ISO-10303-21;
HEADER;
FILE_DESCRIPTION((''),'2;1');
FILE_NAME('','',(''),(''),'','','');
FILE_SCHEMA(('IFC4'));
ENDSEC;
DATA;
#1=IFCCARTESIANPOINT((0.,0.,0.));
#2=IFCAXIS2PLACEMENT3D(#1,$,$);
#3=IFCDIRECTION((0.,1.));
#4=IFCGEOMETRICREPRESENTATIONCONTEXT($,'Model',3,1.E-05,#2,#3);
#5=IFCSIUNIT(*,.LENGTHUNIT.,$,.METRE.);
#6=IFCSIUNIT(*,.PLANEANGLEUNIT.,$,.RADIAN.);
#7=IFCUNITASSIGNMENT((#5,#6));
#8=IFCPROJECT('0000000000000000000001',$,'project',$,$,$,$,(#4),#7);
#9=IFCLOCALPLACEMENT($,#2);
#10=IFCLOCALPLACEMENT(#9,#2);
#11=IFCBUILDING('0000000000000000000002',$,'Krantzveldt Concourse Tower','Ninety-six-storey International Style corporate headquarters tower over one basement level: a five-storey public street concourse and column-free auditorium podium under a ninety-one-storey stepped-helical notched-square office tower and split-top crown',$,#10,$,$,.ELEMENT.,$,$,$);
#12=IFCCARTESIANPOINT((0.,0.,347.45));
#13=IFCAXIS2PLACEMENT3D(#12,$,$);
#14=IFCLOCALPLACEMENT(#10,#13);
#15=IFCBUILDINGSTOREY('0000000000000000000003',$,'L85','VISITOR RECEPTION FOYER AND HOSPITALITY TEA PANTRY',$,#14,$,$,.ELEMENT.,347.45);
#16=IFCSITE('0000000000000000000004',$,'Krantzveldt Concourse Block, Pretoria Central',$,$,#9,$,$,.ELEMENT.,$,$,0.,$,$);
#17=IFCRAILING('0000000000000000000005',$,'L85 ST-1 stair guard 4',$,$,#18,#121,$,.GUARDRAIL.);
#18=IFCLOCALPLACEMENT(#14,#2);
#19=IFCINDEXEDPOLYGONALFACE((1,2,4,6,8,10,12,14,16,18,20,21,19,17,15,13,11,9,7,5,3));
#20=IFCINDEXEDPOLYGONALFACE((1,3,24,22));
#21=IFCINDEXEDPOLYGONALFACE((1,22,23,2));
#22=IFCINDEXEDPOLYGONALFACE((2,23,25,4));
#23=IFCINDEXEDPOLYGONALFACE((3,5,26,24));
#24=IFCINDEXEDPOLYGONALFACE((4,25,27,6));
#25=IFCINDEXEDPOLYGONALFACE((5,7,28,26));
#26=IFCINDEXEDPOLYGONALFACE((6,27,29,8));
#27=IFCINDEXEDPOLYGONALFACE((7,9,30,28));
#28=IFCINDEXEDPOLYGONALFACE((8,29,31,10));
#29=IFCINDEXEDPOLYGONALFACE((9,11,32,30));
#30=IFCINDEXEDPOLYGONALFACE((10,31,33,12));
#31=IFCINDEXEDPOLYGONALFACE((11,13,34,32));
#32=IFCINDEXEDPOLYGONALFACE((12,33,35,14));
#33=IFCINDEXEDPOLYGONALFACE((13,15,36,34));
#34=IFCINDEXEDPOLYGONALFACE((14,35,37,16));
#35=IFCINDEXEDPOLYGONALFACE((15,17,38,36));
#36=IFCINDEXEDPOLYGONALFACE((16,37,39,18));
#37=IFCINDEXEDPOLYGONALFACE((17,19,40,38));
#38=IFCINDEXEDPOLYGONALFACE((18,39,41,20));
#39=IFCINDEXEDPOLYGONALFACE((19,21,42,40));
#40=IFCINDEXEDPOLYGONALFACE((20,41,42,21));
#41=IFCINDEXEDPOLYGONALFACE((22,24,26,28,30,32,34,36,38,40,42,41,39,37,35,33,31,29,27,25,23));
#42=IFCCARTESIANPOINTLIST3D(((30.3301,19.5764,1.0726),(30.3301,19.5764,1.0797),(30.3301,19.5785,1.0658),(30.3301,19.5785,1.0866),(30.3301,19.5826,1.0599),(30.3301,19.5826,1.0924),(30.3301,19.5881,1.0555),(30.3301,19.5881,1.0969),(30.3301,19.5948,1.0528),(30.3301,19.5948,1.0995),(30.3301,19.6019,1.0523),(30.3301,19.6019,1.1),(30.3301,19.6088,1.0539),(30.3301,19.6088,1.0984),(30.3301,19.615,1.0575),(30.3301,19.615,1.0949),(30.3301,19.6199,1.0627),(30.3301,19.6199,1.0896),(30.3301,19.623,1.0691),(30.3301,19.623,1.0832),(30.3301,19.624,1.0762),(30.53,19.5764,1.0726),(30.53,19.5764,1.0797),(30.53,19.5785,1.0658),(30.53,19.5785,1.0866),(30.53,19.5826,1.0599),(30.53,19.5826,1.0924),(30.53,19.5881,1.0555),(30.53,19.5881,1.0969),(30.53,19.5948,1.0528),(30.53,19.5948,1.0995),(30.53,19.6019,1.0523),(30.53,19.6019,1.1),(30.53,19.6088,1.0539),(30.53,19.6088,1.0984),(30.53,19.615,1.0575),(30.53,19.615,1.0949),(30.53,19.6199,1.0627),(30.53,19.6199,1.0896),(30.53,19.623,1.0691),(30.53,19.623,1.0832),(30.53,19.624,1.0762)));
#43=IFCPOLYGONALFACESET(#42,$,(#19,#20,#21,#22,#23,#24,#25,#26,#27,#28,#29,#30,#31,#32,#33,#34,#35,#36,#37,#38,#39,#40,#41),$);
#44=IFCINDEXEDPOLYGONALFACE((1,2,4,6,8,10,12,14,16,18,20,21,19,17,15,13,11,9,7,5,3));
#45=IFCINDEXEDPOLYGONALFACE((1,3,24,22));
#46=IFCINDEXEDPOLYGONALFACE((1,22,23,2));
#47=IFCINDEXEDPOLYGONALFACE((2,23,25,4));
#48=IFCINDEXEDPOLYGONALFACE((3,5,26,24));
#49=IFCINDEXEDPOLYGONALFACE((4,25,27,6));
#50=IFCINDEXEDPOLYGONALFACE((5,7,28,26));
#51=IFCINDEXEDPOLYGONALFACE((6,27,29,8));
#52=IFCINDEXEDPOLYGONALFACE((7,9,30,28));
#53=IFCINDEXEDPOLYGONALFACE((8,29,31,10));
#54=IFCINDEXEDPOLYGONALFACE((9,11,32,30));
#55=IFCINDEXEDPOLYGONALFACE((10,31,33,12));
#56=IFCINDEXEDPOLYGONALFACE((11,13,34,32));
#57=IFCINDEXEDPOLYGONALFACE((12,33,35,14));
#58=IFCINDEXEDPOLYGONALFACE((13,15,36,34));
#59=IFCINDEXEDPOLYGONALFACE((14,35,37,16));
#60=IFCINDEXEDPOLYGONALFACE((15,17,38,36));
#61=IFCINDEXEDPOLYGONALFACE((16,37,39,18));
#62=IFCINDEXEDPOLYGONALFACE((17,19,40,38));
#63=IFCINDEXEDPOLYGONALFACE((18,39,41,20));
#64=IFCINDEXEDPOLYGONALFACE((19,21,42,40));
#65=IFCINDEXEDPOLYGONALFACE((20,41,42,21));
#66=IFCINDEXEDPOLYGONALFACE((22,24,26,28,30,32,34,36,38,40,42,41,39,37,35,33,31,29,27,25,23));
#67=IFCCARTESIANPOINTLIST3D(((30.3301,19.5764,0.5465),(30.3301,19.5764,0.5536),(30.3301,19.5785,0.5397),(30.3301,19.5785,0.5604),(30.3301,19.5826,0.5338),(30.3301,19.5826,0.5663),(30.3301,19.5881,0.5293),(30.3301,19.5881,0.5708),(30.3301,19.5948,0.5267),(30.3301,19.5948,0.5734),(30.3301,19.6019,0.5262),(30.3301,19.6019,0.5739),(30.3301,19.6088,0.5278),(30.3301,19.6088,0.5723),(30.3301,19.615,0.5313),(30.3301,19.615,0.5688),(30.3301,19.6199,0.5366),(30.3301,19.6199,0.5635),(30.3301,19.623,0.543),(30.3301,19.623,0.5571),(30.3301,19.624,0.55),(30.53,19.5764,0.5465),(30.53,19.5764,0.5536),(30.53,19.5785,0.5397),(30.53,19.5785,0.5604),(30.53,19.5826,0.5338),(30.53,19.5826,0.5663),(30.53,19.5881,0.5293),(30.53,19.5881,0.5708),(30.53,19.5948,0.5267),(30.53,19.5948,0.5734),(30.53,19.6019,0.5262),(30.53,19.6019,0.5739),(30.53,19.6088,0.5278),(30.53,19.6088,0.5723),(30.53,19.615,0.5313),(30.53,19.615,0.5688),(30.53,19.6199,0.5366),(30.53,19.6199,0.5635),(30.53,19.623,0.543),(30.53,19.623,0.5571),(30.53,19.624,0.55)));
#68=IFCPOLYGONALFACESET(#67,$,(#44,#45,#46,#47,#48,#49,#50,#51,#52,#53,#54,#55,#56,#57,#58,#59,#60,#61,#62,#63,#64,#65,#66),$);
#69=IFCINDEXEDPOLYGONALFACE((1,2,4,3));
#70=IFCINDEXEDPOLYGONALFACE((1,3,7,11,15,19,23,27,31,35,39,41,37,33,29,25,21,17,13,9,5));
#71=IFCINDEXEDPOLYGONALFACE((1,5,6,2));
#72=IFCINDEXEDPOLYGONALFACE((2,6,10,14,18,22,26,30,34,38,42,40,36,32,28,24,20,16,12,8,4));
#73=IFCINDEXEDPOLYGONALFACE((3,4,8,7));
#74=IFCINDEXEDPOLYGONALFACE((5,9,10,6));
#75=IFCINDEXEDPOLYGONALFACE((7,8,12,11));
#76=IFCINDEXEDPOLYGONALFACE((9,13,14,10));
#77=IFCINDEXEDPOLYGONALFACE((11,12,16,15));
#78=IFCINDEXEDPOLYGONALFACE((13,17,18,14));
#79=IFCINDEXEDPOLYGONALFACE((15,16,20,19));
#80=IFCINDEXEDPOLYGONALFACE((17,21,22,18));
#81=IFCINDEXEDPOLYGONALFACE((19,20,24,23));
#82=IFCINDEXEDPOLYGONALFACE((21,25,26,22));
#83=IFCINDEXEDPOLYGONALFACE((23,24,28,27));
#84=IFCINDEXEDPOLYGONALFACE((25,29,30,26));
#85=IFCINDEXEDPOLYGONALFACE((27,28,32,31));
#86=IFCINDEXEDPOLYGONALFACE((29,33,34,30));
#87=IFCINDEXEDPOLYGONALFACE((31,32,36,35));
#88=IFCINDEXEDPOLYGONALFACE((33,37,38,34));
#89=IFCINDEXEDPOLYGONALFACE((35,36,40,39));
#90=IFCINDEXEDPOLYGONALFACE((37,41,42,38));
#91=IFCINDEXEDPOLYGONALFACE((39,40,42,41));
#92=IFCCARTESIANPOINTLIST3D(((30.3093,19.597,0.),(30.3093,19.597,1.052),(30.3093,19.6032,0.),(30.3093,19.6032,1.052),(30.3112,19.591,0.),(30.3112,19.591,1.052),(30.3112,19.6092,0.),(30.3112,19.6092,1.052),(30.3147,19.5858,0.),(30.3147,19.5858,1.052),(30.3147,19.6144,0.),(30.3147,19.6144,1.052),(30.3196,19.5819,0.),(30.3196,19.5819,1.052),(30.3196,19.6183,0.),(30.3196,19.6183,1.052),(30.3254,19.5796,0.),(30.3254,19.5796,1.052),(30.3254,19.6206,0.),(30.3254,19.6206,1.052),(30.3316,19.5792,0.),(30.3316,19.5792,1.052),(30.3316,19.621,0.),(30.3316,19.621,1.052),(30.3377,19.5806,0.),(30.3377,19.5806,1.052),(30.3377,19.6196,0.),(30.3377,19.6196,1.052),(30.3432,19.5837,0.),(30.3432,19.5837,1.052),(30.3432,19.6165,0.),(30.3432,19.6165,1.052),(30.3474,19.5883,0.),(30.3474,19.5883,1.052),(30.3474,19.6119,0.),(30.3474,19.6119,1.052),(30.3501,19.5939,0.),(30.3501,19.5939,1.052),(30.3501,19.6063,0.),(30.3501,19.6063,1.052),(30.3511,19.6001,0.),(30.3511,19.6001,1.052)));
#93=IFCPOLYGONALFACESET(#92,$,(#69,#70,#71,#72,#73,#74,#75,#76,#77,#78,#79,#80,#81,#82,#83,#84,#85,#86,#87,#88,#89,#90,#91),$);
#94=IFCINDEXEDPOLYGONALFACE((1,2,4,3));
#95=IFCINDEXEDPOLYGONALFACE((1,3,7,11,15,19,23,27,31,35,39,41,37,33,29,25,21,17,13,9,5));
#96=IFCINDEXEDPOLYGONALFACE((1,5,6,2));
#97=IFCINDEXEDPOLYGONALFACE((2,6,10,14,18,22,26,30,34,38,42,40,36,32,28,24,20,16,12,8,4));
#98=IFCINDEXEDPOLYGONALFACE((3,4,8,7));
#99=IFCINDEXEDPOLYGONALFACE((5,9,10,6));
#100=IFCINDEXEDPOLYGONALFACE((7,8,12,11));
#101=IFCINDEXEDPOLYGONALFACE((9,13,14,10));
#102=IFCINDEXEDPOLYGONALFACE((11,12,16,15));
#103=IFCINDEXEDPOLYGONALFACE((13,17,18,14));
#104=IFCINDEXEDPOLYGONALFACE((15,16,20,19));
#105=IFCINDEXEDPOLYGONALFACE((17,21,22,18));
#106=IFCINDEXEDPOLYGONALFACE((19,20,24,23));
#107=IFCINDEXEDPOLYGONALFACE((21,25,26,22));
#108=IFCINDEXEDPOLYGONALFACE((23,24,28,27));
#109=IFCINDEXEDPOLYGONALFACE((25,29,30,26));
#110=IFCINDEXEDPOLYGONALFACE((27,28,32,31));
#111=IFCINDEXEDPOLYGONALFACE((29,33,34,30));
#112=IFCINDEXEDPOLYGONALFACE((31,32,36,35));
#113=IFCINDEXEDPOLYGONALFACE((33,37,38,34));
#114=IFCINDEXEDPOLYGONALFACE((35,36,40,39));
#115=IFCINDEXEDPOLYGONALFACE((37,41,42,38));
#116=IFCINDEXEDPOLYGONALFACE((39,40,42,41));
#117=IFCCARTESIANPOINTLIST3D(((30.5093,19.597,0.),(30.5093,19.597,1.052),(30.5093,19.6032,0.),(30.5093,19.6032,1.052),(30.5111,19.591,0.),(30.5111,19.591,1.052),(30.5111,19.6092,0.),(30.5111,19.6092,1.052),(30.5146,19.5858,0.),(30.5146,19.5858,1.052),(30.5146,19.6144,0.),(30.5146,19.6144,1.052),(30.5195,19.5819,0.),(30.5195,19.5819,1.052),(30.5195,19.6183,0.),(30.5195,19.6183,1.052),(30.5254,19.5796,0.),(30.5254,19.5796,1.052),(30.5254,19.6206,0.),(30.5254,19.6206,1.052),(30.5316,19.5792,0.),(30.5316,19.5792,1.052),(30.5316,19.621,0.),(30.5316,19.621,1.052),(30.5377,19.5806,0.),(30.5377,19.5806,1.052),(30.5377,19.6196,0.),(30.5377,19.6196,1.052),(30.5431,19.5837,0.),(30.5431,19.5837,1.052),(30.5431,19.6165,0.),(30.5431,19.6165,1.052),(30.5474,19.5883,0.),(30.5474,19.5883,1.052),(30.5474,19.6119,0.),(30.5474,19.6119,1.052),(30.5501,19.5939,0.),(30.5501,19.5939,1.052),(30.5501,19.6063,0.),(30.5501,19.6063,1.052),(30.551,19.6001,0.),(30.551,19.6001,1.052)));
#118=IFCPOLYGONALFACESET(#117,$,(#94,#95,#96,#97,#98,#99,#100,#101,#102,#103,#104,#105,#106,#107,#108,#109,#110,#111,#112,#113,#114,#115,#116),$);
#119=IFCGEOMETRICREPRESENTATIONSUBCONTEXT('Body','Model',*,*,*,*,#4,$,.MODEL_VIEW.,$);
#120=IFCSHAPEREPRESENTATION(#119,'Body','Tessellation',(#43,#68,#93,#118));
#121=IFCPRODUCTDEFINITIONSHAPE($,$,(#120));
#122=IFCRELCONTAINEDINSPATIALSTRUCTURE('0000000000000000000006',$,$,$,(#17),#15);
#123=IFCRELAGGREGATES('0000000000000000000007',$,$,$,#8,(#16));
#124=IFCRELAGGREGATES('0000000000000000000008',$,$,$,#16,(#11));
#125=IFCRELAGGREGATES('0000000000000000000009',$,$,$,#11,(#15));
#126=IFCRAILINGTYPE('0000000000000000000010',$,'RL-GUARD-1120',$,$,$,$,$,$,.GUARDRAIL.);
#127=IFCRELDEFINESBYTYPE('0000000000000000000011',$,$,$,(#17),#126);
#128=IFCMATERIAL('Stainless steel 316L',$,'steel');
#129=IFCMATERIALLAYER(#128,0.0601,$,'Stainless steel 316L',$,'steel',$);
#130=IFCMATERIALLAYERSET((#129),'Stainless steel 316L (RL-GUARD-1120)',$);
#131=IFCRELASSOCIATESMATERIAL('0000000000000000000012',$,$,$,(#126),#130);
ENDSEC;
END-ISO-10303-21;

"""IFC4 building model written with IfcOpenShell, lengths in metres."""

from ifc_helpers import new_model, si_unit, direction, frame, origin, origin_2d, place, context, subcontext, project, spatial, circle, extrude, material, layer, layer_set, type_object, element, save


model = new_model("IFC4")

# Units and contexts
model_context = context("Model", 3, precision=1e-05, world=origin(), true_north=direction((0.0, 1.0)))
body_context = subcontext(model_context, "Body", "Model", "MODEL_VIEW")
ifc_project = project(units=[si_unit("LENGTHUNIT", "METRE"), si_unit("PLANEANGLEUNIT", "RADIAN")], contexts=[model_context])

# Site, building, storey
site_placement = place(None, origin())
site = spatial("IfcSite", under=ifc_project, at=site_placement, Name="Krantzveldt Concourse Block, Pretoria Central", CompositionType="ELEMENT", RefElevation=0.0)
building_placement = place(site_placement, origin())
building = spatial("IfcBuilding", under=site, at=building_placement, Name="Krantzveldt Concourse Tower", Description="Ninety-six-storey International Style corporate headquarters tower over one basement level: a five-storey public street concourse and column-free auditorium podium under a ninety-one-storey stepped-helical notched-square office tower and split-top crown", CompositionType="ELEMENT")
storey_placement = place(building_placement, frame((0.0, 0.0, 347.45)))
storey = spatial("IfcBuildingStorey", under=building, at=storey_placement, Name="L85", Description="VISITOR RECEPTION FOYER AND HOSPITALITY TEA PANTRY", CompositionType="ELEMENT", Elevation=347.45)

# Shared definitions
ifc_material_1 = material(Name="Stainless steel 316L", Category="steel")

# Railing
ifc_layer_1 = layer(ifc_material_1, 0.0601, Name="Stainless steel 316L", Category="steel")
ifc_layer_set_1 = layer_set([ifc_layer_1], Name="Stainless steel 316L (RL-GUARD-1120)")
railing_type_1 = type_object("IfcRailingType", Name="RL-GUARD-1120", PredefinedType="GUARDRAIL", material=ifc_layer_set_1)
railing_1_placement = place(storey_placement, frame((30.3301, 19.6001, 0.0)))
element("IfcRailing", 1, at=railing_1_placement, inside=storey, type_object=railing_type_1, Name="L85 ST-1 stair guard 4", PredefinedType="GUARDRAIL", context=body_context, shape_type="SweptSolid", body=[
    extrude(circle(Radius=0.0239, at=origin_2d()), frame((0.0, 0.0, 1.0762), z_axis=(1.0, 0.0, 0.0), x_axis=(0.0, 1.0, 0.0)), (0.0, 0.0, 1.0), 0.2),
    extrude(circle(Radius=0.0239, at=origin_2d()), frame((0.0, 0.0, 0.55), z_axis=(1.0, 0.0, 0.0), x_axis=(0.0, 1.0, 0.0)), (0.0, 0.0, 1.0), 0.2),
    extrude(circle(Radius=0.021, at=origin_2d()), origin(), (0.0, 0.0, 1.0), 1.052),
    extrude(circle(Radius=0.021, at=origin_2d()), frame((0.2, 0.0, 0.0)), (0.0, 0.0, 1.0), 1.052),
])

save(model, "model.ifc")
